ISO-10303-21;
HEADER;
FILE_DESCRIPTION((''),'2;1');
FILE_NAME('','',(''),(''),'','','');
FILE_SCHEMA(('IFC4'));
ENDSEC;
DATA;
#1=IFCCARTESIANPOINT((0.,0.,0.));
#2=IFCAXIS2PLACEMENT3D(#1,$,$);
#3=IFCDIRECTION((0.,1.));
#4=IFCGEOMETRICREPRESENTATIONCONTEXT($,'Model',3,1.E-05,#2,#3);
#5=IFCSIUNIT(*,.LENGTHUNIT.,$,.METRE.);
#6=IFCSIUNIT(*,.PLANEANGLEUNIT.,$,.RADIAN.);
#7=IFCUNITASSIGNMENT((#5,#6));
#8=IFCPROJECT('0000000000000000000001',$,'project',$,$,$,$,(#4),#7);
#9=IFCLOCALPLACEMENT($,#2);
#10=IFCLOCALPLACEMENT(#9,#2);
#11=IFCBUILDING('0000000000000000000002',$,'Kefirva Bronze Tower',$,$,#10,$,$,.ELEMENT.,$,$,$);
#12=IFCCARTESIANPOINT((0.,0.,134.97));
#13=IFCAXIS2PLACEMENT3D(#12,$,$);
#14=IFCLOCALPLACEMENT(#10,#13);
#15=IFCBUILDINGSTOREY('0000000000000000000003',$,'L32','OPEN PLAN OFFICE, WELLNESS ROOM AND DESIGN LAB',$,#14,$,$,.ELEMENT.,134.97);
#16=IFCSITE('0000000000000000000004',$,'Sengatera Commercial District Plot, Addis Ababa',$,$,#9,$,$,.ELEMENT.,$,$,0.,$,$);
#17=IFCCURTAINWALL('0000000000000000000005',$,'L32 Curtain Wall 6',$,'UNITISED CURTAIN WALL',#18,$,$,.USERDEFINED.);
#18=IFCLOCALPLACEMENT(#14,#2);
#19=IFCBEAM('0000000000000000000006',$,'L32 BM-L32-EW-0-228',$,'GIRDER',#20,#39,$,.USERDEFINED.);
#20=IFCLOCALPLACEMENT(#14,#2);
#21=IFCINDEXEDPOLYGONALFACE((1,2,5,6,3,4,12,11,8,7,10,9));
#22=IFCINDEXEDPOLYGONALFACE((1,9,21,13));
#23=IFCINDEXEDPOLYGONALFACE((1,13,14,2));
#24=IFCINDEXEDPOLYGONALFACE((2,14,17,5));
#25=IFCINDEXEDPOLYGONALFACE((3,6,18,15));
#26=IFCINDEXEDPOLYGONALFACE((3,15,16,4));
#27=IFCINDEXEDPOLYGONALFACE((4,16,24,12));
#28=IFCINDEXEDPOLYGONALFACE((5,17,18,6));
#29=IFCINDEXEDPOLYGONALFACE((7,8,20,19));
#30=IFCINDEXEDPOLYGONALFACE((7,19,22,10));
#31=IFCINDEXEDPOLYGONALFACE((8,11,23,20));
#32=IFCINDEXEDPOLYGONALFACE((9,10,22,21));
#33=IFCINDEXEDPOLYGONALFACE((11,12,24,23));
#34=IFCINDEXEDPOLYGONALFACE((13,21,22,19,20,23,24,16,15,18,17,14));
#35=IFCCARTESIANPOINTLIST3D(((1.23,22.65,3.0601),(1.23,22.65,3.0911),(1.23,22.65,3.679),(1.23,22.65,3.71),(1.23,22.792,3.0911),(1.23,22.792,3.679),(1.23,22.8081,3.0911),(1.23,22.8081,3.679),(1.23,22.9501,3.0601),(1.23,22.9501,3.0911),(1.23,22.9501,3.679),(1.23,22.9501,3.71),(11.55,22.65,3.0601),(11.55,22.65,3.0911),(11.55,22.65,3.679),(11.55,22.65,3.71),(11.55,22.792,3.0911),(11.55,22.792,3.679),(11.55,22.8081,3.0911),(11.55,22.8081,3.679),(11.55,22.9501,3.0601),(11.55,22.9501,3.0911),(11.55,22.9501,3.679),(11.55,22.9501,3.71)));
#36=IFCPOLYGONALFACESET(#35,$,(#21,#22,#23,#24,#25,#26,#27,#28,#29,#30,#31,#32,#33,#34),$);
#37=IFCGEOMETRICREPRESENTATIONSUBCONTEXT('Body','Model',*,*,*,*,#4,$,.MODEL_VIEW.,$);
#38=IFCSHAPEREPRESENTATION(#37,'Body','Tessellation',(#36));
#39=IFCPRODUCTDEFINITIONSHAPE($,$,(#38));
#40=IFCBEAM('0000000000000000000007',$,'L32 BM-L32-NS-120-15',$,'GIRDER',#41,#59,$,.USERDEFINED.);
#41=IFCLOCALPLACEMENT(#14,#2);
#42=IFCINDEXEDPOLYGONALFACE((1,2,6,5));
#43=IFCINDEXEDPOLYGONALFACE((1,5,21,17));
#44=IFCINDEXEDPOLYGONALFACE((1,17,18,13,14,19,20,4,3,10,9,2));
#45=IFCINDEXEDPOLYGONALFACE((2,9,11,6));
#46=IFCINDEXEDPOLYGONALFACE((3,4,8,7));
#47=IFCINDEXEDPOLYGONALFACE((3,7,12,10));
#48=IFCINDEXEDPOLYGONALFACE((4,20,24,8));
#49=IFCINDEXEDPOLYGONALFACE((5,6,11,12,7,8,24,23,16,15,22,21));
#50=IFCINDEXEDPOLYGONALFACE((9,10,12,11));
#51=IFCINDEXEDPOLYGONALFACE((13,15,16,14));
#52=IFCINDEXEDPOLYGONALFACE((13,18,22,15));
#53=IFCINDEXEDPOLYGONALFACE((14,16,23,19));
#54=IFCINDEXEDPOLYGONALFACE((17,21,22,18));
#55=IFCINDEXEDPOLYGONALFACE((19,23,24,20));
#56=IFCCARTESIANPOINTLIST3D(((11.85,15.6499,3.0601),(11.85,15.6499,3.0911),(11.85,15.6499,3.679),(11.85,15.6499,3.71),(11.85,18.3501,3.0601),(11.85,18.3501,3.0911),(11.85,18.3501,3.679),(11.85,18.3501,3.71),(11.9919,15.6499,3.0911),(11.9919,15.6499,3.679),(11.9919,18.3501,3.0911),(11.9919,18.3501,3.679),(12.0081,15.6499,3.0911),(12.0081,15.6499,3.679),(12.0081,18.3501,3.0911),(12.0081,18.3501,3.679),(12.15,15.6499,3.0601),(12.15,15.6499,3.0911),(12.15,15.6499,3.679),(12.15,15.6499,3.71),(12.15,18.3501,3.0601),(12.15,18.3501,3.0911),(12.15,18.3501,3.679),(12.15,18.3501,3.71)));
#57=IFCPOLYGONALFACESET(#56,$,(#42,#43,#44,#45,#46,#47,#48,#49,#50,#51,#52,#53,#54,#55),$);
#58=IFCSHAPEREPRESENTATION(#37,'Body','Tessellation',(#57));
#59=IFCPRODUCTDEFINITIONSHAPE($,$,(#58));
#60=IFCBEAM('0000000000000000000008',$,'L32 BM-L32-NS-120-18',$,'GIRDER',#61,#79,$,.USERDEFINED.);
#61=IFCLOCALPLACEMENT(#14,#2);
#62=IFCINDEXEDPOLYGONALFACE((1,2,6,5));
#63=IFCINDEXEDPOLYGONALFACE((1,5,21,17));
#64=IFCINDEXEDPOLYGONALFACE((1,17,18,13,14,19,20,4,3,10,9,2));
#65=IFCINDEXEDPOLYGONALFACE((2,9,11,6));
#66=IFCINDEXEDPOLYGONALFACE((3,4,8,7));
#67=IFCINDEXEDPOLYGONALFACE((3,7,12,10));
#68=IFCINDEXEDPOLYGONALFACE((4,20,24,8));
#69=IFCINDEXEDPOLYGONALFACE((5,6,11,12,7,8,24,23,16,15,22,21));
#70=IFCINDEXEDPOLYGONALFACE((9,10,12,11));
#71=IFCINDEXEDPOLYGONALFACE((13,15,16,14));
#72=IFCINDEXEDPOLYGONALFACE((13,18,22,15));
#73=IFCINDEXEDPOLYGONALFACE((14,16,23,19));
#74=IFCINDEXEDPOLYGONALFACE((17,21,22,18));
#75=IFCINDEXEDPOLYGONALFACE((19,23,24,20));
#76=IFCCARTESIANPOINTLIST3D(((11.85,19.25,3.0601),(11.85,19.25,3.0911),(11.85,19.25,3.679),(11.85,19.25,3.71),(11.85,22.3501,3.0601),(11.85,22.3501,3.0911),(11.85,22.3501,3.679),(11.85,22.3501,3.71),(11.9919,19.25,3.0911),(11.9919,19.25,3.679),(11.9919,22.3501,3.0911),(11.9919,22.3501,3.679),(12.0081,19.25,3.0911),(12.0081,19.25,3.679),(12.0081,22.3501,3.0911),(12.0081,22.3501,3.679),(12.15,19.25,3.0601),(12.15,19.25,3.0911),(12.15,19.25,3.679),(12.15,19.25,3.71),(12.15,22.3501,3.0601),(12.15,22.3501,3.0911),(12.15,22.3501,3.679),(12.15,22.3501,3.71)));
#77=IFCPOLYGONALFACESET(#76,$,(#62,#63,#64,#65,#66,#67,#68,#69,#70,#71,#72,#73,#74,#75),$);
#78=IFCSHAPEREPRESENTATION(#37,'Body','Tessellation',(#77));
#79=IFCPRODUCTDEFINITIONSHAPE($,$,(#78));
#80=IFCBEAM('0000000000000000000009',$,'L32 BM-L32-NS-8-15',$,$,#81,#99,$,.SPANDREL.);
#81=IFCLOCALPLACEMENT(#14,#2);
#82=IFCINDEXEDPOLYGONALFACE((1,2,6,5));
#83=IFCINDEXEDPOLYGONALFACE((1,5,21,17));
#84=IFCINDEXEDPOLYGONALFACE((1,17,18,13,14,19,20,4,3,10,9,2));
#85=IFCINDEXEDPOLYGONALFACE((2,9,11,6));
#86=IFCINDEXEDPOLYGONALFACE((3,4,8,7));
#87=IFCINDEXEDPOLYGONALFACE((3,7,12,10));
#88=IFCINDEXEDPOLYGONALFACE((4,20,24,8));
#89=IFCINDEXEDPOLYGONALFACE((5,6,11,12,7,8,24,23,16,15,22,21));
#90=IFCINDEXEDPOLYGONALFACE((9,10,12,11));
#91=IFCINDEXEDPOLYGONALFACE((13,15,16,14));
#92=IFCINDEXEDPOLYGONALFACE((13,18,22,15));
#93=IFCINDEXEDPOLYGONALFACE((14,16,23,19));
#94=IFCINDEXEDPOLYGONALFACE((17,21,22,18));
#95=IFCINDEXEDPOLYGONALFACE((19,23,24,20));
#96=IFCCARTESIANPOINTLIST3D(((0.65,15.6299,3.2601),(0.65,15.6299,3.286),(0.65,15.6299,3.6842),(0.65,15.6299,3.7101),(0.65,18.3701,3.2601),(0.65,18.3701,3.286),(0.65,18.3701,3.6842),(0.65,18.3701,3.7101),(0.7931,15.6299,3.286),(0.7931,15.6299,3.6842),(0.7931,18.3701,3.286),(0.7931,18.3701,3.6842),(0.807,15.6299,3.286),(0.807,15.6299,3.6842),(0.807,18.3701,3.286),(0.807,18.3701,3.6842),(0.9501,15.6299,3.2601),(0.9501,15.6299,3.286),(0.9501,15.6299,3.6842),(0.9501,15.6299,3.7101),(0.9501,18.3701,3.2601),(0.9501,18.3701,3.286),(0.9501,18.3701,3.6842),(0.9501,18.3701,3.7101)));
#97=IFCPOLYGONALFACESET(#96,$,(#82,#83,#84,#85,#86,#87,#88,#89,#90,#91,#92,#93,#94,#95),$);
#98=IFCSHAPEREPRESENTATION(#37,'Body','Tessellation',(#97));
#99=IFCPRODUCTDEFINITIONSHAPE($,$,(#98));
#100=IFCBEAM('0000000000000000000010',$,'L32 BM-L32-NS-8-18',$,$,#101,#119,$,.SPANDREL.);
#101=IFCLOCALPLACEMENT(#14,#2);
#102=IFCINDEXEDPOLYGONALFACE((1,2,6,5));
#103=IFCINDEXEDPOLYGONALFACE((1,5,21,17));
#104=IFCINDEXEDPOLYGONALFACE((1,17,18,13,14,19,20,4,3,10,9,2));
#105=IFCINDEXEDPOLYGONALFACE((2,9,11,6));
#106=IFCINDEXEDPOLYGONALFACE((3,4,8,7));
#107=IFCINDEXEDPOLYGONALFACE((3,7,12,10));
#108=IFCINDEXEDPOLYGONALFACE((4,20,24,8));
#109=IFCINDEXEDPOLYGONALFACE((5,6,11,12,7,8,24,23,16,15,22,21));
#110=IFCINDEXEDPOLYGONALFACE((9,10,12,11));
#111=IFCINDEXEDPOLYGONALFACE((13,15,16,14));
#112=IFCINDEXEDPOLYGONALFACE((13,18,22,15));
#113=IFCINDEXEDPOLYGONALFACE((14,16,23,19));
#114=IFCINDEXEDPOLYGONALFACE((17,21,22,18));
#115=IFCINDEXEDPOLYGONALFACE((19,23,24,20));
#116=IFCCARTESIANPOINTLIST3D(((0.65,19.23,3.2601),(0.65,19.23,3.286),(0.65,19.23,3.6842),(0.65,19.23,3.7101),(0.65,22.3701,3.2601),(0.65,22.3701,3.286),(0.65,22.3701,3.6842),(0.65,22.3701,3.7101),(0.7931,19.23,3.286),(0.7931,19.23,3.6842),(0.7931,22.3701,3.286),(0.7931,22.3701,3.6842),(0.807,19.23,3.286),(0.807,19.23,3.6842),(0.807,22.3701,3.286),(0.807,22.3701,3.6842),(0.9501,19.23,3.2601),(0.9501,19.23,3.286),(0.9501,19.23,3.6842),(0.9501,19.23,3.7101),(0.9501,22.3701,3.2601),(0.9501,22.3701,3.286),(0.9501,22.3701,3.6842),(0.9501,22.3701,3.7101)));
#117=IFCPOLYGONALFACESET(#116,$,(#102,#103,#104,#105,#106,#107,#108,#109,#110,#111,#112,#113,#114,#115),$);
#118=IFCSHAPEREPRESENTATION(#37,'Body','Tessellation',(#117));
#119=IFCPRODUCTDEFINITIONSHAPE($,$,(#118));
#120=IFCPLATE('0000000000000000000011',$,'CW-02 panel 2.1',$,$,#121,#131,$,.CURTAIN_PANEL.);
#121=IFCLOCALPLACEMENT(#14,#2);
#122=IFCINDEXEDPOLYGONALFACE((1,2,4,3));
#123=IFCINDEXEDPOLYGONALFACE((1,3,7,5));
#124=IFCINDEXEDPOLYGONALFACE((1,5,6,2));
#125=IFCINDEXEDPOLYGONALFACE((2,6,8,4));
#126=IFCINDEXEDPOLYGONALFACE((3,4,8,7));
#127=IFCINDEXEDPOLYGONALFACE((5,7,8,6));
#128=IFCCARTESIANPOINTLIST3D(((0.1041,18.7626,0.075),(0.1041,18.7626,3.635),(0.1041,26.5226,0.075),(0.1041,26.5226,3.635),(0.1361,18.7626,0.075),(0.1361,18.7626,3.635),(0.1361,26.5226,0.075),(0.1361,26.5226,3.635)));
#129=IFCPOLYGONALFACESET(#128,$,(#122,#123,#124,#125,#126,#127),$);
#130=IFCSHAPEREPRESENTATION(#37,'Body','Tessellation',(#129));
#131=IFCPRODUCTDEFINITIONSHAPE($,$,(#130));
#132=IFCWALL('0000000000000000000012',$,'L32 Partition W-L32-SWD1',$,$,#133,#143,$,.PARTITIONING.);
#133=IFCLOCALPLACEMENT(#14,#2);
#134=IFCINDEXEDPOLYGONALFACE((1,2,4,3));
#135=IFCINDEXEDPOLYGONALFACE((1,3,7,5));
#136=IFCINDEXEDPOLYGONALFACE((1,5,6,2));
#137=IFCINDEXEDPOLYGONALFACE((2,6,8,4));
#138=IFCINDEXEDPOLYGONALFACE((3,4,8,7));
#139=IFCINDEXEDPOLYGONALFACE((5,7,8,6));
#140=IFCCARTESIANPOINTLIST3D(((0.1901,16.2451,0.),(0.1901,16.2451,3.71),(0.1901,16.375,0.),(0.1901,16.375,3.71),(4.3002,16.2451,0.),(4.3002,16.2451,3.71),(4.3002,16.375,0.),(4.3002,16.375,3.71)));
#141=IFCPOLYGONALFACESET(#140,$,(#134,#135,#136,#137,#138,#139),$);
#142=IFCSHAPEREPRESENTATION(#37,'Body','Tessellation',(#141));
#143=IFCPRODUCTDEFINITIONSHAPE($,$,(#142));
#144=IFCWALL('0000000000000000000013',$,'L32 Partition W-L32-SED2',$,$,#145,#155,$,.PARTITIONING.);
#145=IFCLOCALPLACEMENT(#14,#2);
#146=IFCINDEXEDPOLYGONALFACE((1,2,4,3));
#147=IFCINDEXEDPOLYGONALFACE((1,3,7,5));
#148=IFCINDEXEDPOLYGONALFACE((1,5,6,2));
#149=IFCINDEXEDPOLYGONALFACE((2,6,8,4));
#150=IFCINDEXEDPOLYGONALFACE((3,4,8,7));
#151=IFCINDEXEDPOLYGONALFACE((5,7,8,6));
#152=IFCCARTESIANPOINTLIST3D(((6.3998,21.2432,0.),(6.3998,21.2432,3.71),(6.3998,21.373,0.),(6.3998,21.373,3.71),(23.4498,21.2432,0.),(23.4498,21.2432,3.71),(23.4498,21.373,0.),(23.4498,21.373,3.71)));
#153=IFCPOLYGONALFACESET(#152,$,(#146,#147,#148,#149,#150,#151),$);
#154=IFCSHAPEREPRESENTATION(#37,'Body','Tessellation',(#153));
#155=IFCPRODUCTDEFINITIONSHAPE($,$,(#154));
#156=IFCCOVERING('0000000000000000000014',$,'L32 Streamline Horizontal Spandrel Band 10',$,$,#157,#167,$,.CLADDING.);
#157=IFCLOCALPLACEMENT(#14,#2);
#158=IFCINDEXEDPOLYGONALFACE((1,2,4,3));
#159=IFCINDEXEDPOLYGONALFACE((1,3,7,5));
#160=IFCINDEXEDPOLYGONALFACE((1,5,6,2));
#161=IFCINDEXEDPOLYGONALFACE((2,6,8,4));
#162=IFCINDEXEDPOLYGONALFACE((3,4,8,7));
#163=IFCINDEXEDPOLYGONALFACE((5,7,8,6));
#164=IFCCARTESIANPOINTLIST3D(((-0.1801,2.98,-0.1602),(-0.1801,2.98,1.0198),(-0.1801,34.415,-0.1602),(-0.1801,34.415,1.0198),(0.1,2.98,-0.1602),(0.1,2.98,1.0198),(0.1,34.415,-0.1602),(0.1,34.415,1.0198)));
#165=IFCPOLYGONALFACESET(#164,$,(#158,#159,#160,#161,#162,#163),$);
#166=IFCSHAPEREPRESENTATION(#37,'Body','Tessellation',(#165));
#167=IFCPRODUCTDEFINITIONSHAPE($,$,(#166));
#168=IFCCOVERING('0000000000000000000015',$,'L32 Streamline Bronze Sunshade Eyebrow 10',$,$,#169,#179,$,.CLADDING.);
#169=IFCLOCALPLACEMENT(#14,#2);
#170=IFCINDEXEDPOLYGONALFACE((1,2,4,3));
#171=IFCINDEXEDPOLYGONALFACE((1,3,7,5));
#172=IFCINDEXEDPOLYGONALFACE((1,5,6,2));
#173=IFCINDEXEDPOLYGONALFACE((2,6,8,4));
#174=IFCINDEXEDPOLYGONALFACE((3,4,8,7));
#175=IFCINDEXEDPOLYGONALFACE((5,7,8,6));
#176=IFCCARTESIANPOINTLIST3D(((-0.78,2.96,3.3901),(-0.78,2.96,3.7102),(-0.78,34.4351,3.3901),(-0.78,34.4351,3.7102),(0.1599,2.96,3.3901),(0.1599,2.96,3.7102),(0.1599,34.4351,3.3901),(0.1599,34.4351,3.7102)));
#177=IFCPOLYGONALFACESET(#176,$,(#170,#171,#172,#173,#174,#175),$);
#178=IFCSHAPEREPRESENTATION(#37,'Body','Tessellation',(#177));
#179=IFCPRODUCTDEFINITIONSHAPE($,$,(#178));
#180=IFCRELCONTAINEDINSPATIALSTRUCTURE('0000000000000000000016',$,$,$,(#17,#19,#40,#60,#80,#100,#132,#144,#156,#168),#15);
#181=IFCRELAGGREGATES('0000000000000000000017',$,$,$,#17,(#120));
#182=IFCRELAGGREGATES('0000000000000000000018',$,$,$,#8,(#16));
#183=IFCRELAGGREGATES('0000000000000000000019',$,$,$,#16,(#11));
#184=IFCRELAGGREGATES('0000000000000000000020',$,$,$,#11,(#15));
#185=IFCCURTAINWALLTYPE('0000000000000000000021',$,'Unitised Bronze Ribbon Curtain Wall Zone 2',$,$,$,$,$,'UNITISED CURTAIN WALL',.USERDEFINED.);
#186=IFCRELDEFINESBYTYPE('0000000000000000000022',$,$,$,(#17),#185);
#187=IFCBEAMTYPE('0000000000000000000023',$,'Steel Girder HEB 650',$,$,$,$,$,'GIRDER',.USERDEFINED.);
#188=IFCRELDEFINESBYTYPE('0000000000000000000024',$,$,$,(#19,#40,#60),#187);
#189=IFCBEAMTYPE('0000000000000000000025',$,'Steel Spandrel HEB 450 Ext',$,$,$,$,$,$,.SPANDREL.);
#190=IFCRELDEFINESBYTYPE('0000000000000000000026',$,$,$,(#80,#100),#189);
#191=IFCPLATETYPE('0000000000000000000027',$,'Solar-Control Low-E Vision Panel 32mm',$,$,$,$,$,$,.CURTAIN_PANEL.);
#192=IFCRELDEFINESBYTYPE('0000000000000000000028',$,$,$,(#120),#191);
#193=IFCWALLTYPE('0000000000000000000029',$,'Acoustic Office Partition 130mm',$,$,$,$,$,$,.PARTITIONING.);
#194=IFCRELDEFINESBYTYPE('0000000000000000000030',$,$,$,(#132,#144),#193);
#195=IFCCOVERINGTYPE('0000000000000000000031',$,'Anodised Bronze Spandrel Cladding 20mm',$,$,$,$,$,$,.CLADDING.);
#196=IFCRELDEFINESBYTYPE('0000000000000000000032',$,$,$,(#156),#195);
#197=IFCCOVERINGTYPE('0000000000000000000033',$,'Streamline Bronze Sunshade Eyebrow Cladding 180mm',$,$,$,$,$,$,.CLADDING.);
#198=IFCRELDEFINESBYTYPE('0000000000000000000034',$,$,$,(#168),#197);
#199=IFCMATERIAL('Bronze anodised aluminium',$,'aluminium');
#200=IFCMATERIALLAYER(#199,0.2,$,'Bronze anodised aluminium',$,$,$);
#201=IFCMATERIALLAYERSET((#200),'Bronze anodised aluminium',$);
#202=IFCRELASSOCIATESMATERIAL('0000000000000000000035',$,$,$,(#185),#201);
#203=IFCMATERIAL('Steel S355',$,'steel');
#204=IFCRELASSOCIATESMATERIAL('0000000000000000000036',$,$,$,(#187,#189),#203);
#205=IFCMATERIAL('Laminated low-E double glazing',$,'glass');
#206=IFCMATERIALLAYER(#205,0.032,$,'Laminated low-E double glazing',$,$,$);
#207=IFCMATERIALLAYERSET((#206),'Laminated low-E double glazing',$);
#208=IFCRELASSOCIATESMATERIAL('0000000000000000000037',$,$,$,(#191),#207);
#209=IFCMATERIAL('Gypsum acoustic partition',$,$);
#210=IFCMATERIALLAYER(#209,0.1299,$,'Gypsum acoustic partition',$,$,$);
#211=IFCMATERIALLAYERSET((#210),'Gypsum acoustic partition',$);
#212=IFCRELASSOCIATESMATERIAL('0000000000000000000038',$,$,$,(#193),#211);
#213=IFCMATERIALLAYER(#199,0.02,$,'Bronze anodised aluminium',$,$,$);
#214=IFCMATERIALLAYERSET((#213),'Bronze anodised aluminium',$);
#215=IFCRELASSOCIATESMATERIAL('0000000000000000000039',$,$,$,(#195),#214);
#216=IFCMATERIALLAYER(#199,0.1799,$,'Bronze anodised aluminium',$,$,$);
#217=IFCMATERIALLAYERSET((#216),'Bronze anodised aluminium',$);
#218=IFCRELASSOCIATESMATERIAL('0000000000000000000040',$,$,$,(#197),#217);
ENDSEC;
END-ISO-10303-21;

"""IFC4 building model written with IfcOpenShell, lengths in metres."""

from ifc_helpers import new_model, si_unit, direction, frame, frame_2d, origin, origin_2d, place, context, subcontext, project, spatial, rectangle, i_section, extrude, material, layer, layer_set, material_profile, profile_set, type_object, element, aggregate, save


model = new_model("IFC4")

# Units and contexts
model_context = context("Model", 3, precision=1e-05, world=origin(), true_north=direction((0.0, 1.0)))
body_context = subcontext(model_context, "Body", "Model", "MODEL_VIEW")
ifc_project = project(units=[si_unit("LENGTHUNIT", "METRE"), si_unit("PLANEANGLEUNIT", "RADIAN")], contexts=[model_context])

# Site, building, storey
site_placement = place(None, origin())
site = spatial("IfcSite", under=ifc_project, at=site_placement, Name="Sengatera Commercial District Plot, Addis Ababa", CompositionType="ELEMENT", RefElevation=0.0)
building_placement = place(site_placement, origin())
building = spatial("IfcBuilding", under=site, at=building_placement, Name="Kefirva Bronze Tower", CompositionType="ELEMENT")
storey_placement = place(building_placement, frame((0.0, 0.0, 134.97)))
storey = spatial("IfcBuildingStorey", under=building, at=storey_placement, Name="L32", Description="OPEN PLAN OFFICE, WELLNESS ROOM AND DESIGN LAB", CompositionType="ELEMENT", Elevation=134.97)

# Curtain wall
ifc_material_1 = material(Name="Bronze anodised aluminium", Category="aluminium")
ifc_layer_1 = layer(ifc_material_1, 0.2, Name="Bronze anodised aluminium")
ifc_layer_set_1 = layer_set([ifc_layer_1], Name="Bronze anodised aluminium")
curtain_wall_type = type_object("IfcCurtainWallType", Name="Unitised Bronze Ribbon Curtain Wall Zone 2", ElementType="UNITISED CURTAIN WALL", PredefinedType="USERDEFINED", material=ifc_layer_set_1)
curtain_wall_placement = place(storey_placement, origin())
curtain_wall = element("IfcCurtainWall", 1, at=curtain_wall_placement, inside=storey, type_object=curtain_wall_type, Name="L32 Curtain Wall 6", ObjectType="UNITISED CURTAIN WALL", PredefinedType="USERDEFINED")

# Beams
ifc_material_2 = material(Name="Steel S355", Category="steel")
ifc_material_profile_1 = material_profile(ifc_material_2, i_section(OverallWidth=0.3, OverallDepth=0.6499, WebThickness=0.0161, FlangeThickness=0.031, at=origin_2d()), Name="HEB 650")
ifc_profile_set_1 = profile_set([ifc_material_profile_1], Name="Steel S355")
beam_type_1 = type_object("IfcBeamType", Name="Steel Girder HEB 650", ElementType="GIRDER", PredefinedType="USERDEFINED", material=ifc_profile_set_1)
for number, where, z_axis, x_axis, name in (
    (2, (1.23, 22.8, 3.385), (1.0, 0.0, 0.0), (0.0, 1.0, 0.0), "L32 BM-L32-EW-0-228"),
):
    element("IfcBeam", number, at=place(storey_placement, frame(where, z_axis=z_axis, x_axis=x_axis)), inside=storey, type_object=beam_type_1, Name=name, ObjectType="GIRDER", PredefinedType="USERDEFINED", context=body_context, shape_type="SweptSolid", body=[
        extrude(i_section(OverallWidth=0.3, OverallDepth=0.6499, WebThickness=0.0161, FlangeThickness=0.031, at=origin_2d()), origin(), (0.0, 0.0, 1.0), 10.3201),
    ])
beam_1_placement = place(storey_placement, frame((12.0, 15.6499, 3.385), z_axis=(0.0, 1.0, 0.0), x_axis=(-1.0, 0.0, 0.0)))
element("IfcBeam", 3, at=beam_1_placement, inside=storey, type_object=beam_type_1, Name="L32 BM-L32-NS-120-15", ObjectType="GIRDER", PredefinedType="USERDEFINED", context=body_context, shape_type="SweptSolid", body=[
    extrude(i_section(OverallWidth=0.3, OverallDepth=0.6499, WebThickness=0.0161, FlangeThickness=0.031, at=origin_2d()), origin(), (0.0, 0.0, 1.0), 2.7002),
])
beam_2_placement = place(storey_placement, frame((12.0, 19.25, 3.385), z_axis=(0.0, 1.0, 0.0), x_axis=(-1.0, 0.0, 0.0)))
element("IfcBeam", 4, at=beam_2_placement, inside=storey, type_object=beam_type_1, Name="L32 BM-L32-NS-120-18", ObjectType="GIRDER", PredefinedType="USERDEFINED", context=body_context, shape_type="SweptSolid", body=[
    extrude(i_section(OverallWidth=0.3, OverallDepth=0.6499, WebThickness=0.0161, FlangeThickness=0.031, at=origin_2d()), origin(), (0.0, 0.0, 1.0), 3.1001),
])
ifc_material_profile_2 = material_profile(ifc_material_2, i_section(OverallWidth=0.3, OverallDepth=0.45, WebThickness=0.0139, FlangeThickness=0.0259, at=origin_2d()), Name="HEB 450")
ifc_profile_set_2 = profile_set([ifc_material_profile_2], Name="Steel S355")
beam_type_2 = type_object("IfcBeamType", Name="Steel Spandrel HEB 450 Ext", PredefinedType="SPANDREL", material=ifc_profile_set_2)
beam_3_placement = place(storey_placement, frame((0.8, 15.6299, 3.4851), z_axis=(0.0, 1.0, 0.0), x_axis=(-1.0, 0.0, 0.0)))
element("IfcBeam", 5, at=beam_3_placement, inside=storey, type_object=beam_type_2, Name="L32 BM-L32-NS-8-15", PredefinedType="SPANDREL", context=body_context, shape_type="SweptSolid", body=[
    extrude(i_section(OverallWidth=0.3, OverallDepth=0.45, WebThickness=0.0139, FlangeThickness=0.0259, at=origin_2d()), origin(), (0.0, 0.0, 1.0), 2.7402),
])
beam_4_placement = place(storey_placement, frame((0.8, 19.23, 3.4851), z_axis=(0.0, 1.0, 0.0), x_axis=(-1.0, 0.0, 0.0)))
element("IfcBeam", 6, at=beam_4_placement, inside=storey, type_object=beam_type_2, Name="L32 BM-L32-NS-8-18", PredefinedType="SPANDREL", context=body_context, shape_type="SweptSolid", body=[
    extrude(i_section(OverallWidth=0.3, OverallDepth=0.45, WebThickness=0.0139, FlangeThickness=0.0259, at=origin_2d()), origin(), (0.0, 0.0, 1.0), 3.1401),
])

# Plate
ifc_material_3 = material(Name="Laminated low-E double glazing", Category="glass")
ifc_layer_2 = layer(ifc_material_3, 0.032, Name="Laminated low-E double glazing")
ifc_layer_set_2 = layer_set([ifc_layer_2], Name="Laminated low-E double glazing")
plate_type = type_object("IfcPlateType", Name="Solar-Control Low-E Vision Panel 32mm", PredefinedType="CURTAIN_PANEL", material=ifc_layer_set_2)
plate_placement = place(storey_placement, frame((0.1201, 22.6426, 0.075), z_axis=(0.0, 0.0, 1.0), x_axis=(0.0, -1.0, 0.0)))
plate = element("IfcPlate", 7, at=plate_placement, type_object=plate_type, Name="CW-02 panel 2.1", PredefinedType="CURTAIN_PANEL", context=body_context, shape_type="SweptSolid", body=[
    extrude(rectangle(XDim=7.76, YDim=0.032, at=origin_2d()), origin(), (0.0, 0.0, 1.0), 3.5601),
])
aggregate(curtain_wall, [plate])

# Walls
ifc_material_4 = material(Name="Gypsum acoustic partition")
ifc_layer_3 = layer(ifc_material_4, 0.1299, Name="Gypsum acoustic partition")
ifc_layer_set_3 = layer_set([ifc_layer_3], Name="Gypsum acoustic partition")
wall_type = type_object("IfcWallType", Name="Acoustic Office Partition 130mm", PredefinedType="PARTITIONING", material=ifc_layer_set_3)
wall_1_placement = place(storey_placement, frame((0.1899, 16.3101, 0.0), z_axis=(0.0, 0.0, 1.0), x_axis=(1.0, 0.0, 0.0)))
element("IfcWall", 8, at=wall_1_placement, inside=storey, type_object=wall_type, Name="L32 Partition W-L32-SWD1", PredefinedType="PARTITIONING", context=body_context, shape_type="SweptSolid", body=[
    extrude(rectangle(XDim=4.1101, YDim=0.1299, at=frame_2d((2.0552, 0.0))), origin(), (0.0, 0.0, 1.0), 3.71),
])
wall_2_placement = place(storey_placement, frame((6.3999, 21.3081, 0.0), z_axis=(0.0, 0.0, 1.0), x_axis=(1.0, 0.0, 0.0)))
element("IfcWall", 9, at=wall_2_placement, inside=storey, type_object=wall_type, Name="L32 Partition W-L32-SED2", PredefinedType="PARTITIONING", context=body_context, shape_type="SweptSolid", body=[
    extrude(rectangle(XDim=17.05, YDim=0.1299, at=frame_2d((8.5249, 0.0))), origin(), (0.0, 0.0, 1.0), 3.71),
])

# Coverings
ifc_layer_4 = layer(ifc_material_1, 0.02, Name="Bronze anodised aluminium")
ifc_layer_set_4 = layer_set([ifc_layer_4], Name="Bronze anodised aluminium")
covering_type_1 = type_object("IfcCoveringType", Name="Anodised Bronze Spandrel Cladding 20mm", PredefinedType="CLADDING", material=ifc_layer_set_4)
covering_1_placement = place(storey_placement, frame((-0.04, 18.6975, -0.1602), z_axis=(0.0, 0.0, 1.0), x_axis=(0.0, -1.0, 0.0)))
element("IfcCovering", 10, at=covering_1_placement, inside=storey, type_object=covering_type_1, Name="L32 Streamline Horizontal Spandrel Band 10", PredefinedType="CLADDING", context=body_context, shape_type="SweptSolid", body=[
    extrude(rectangle(XDim=31.4351, YDim=0.28, at=origin_2d()), origin(), (0.0, 0.0, 1.0), 1.1799),
])
ifc_layer_5 = layer(ifc_material_1, 0.1799, Name="Bronze anodised aluminium")
ifc_layer_set_5 = layer_set([ifc_layer_5], Name="Bronze anodised aluminium")
covering_type_2 = type_object("IfcCoveringType", Name="Streamline Bronze Sunshade Eyebrow Cladding 180mm", PredefinedType="CLADDING", material=ifc_layer_set_5)
covering_2_placement = place(storey_placement, frame((-0.3101, 18.6975, 3.3901), z_axis=(0.0, 0.0, 1.0), x_axis=(0.0, -1.0, 0.0)))
element("IfcCovering", 11, at=covering_2_placement, inside=storey, type_object=covering_type_2, Name="L32 Streamline Bronze Sunshade Eyebrow 10", PredefinedType="CLADDING", context=body_context, shape_type="SweptSolid", body=[
    extrude(rectangle(XDim=31.4751, YDim=0.9399, at=origin_2d()), origin(), (0.0, 0.0, 1.0), 0.3201),
])

save(model, "model.ifc")
